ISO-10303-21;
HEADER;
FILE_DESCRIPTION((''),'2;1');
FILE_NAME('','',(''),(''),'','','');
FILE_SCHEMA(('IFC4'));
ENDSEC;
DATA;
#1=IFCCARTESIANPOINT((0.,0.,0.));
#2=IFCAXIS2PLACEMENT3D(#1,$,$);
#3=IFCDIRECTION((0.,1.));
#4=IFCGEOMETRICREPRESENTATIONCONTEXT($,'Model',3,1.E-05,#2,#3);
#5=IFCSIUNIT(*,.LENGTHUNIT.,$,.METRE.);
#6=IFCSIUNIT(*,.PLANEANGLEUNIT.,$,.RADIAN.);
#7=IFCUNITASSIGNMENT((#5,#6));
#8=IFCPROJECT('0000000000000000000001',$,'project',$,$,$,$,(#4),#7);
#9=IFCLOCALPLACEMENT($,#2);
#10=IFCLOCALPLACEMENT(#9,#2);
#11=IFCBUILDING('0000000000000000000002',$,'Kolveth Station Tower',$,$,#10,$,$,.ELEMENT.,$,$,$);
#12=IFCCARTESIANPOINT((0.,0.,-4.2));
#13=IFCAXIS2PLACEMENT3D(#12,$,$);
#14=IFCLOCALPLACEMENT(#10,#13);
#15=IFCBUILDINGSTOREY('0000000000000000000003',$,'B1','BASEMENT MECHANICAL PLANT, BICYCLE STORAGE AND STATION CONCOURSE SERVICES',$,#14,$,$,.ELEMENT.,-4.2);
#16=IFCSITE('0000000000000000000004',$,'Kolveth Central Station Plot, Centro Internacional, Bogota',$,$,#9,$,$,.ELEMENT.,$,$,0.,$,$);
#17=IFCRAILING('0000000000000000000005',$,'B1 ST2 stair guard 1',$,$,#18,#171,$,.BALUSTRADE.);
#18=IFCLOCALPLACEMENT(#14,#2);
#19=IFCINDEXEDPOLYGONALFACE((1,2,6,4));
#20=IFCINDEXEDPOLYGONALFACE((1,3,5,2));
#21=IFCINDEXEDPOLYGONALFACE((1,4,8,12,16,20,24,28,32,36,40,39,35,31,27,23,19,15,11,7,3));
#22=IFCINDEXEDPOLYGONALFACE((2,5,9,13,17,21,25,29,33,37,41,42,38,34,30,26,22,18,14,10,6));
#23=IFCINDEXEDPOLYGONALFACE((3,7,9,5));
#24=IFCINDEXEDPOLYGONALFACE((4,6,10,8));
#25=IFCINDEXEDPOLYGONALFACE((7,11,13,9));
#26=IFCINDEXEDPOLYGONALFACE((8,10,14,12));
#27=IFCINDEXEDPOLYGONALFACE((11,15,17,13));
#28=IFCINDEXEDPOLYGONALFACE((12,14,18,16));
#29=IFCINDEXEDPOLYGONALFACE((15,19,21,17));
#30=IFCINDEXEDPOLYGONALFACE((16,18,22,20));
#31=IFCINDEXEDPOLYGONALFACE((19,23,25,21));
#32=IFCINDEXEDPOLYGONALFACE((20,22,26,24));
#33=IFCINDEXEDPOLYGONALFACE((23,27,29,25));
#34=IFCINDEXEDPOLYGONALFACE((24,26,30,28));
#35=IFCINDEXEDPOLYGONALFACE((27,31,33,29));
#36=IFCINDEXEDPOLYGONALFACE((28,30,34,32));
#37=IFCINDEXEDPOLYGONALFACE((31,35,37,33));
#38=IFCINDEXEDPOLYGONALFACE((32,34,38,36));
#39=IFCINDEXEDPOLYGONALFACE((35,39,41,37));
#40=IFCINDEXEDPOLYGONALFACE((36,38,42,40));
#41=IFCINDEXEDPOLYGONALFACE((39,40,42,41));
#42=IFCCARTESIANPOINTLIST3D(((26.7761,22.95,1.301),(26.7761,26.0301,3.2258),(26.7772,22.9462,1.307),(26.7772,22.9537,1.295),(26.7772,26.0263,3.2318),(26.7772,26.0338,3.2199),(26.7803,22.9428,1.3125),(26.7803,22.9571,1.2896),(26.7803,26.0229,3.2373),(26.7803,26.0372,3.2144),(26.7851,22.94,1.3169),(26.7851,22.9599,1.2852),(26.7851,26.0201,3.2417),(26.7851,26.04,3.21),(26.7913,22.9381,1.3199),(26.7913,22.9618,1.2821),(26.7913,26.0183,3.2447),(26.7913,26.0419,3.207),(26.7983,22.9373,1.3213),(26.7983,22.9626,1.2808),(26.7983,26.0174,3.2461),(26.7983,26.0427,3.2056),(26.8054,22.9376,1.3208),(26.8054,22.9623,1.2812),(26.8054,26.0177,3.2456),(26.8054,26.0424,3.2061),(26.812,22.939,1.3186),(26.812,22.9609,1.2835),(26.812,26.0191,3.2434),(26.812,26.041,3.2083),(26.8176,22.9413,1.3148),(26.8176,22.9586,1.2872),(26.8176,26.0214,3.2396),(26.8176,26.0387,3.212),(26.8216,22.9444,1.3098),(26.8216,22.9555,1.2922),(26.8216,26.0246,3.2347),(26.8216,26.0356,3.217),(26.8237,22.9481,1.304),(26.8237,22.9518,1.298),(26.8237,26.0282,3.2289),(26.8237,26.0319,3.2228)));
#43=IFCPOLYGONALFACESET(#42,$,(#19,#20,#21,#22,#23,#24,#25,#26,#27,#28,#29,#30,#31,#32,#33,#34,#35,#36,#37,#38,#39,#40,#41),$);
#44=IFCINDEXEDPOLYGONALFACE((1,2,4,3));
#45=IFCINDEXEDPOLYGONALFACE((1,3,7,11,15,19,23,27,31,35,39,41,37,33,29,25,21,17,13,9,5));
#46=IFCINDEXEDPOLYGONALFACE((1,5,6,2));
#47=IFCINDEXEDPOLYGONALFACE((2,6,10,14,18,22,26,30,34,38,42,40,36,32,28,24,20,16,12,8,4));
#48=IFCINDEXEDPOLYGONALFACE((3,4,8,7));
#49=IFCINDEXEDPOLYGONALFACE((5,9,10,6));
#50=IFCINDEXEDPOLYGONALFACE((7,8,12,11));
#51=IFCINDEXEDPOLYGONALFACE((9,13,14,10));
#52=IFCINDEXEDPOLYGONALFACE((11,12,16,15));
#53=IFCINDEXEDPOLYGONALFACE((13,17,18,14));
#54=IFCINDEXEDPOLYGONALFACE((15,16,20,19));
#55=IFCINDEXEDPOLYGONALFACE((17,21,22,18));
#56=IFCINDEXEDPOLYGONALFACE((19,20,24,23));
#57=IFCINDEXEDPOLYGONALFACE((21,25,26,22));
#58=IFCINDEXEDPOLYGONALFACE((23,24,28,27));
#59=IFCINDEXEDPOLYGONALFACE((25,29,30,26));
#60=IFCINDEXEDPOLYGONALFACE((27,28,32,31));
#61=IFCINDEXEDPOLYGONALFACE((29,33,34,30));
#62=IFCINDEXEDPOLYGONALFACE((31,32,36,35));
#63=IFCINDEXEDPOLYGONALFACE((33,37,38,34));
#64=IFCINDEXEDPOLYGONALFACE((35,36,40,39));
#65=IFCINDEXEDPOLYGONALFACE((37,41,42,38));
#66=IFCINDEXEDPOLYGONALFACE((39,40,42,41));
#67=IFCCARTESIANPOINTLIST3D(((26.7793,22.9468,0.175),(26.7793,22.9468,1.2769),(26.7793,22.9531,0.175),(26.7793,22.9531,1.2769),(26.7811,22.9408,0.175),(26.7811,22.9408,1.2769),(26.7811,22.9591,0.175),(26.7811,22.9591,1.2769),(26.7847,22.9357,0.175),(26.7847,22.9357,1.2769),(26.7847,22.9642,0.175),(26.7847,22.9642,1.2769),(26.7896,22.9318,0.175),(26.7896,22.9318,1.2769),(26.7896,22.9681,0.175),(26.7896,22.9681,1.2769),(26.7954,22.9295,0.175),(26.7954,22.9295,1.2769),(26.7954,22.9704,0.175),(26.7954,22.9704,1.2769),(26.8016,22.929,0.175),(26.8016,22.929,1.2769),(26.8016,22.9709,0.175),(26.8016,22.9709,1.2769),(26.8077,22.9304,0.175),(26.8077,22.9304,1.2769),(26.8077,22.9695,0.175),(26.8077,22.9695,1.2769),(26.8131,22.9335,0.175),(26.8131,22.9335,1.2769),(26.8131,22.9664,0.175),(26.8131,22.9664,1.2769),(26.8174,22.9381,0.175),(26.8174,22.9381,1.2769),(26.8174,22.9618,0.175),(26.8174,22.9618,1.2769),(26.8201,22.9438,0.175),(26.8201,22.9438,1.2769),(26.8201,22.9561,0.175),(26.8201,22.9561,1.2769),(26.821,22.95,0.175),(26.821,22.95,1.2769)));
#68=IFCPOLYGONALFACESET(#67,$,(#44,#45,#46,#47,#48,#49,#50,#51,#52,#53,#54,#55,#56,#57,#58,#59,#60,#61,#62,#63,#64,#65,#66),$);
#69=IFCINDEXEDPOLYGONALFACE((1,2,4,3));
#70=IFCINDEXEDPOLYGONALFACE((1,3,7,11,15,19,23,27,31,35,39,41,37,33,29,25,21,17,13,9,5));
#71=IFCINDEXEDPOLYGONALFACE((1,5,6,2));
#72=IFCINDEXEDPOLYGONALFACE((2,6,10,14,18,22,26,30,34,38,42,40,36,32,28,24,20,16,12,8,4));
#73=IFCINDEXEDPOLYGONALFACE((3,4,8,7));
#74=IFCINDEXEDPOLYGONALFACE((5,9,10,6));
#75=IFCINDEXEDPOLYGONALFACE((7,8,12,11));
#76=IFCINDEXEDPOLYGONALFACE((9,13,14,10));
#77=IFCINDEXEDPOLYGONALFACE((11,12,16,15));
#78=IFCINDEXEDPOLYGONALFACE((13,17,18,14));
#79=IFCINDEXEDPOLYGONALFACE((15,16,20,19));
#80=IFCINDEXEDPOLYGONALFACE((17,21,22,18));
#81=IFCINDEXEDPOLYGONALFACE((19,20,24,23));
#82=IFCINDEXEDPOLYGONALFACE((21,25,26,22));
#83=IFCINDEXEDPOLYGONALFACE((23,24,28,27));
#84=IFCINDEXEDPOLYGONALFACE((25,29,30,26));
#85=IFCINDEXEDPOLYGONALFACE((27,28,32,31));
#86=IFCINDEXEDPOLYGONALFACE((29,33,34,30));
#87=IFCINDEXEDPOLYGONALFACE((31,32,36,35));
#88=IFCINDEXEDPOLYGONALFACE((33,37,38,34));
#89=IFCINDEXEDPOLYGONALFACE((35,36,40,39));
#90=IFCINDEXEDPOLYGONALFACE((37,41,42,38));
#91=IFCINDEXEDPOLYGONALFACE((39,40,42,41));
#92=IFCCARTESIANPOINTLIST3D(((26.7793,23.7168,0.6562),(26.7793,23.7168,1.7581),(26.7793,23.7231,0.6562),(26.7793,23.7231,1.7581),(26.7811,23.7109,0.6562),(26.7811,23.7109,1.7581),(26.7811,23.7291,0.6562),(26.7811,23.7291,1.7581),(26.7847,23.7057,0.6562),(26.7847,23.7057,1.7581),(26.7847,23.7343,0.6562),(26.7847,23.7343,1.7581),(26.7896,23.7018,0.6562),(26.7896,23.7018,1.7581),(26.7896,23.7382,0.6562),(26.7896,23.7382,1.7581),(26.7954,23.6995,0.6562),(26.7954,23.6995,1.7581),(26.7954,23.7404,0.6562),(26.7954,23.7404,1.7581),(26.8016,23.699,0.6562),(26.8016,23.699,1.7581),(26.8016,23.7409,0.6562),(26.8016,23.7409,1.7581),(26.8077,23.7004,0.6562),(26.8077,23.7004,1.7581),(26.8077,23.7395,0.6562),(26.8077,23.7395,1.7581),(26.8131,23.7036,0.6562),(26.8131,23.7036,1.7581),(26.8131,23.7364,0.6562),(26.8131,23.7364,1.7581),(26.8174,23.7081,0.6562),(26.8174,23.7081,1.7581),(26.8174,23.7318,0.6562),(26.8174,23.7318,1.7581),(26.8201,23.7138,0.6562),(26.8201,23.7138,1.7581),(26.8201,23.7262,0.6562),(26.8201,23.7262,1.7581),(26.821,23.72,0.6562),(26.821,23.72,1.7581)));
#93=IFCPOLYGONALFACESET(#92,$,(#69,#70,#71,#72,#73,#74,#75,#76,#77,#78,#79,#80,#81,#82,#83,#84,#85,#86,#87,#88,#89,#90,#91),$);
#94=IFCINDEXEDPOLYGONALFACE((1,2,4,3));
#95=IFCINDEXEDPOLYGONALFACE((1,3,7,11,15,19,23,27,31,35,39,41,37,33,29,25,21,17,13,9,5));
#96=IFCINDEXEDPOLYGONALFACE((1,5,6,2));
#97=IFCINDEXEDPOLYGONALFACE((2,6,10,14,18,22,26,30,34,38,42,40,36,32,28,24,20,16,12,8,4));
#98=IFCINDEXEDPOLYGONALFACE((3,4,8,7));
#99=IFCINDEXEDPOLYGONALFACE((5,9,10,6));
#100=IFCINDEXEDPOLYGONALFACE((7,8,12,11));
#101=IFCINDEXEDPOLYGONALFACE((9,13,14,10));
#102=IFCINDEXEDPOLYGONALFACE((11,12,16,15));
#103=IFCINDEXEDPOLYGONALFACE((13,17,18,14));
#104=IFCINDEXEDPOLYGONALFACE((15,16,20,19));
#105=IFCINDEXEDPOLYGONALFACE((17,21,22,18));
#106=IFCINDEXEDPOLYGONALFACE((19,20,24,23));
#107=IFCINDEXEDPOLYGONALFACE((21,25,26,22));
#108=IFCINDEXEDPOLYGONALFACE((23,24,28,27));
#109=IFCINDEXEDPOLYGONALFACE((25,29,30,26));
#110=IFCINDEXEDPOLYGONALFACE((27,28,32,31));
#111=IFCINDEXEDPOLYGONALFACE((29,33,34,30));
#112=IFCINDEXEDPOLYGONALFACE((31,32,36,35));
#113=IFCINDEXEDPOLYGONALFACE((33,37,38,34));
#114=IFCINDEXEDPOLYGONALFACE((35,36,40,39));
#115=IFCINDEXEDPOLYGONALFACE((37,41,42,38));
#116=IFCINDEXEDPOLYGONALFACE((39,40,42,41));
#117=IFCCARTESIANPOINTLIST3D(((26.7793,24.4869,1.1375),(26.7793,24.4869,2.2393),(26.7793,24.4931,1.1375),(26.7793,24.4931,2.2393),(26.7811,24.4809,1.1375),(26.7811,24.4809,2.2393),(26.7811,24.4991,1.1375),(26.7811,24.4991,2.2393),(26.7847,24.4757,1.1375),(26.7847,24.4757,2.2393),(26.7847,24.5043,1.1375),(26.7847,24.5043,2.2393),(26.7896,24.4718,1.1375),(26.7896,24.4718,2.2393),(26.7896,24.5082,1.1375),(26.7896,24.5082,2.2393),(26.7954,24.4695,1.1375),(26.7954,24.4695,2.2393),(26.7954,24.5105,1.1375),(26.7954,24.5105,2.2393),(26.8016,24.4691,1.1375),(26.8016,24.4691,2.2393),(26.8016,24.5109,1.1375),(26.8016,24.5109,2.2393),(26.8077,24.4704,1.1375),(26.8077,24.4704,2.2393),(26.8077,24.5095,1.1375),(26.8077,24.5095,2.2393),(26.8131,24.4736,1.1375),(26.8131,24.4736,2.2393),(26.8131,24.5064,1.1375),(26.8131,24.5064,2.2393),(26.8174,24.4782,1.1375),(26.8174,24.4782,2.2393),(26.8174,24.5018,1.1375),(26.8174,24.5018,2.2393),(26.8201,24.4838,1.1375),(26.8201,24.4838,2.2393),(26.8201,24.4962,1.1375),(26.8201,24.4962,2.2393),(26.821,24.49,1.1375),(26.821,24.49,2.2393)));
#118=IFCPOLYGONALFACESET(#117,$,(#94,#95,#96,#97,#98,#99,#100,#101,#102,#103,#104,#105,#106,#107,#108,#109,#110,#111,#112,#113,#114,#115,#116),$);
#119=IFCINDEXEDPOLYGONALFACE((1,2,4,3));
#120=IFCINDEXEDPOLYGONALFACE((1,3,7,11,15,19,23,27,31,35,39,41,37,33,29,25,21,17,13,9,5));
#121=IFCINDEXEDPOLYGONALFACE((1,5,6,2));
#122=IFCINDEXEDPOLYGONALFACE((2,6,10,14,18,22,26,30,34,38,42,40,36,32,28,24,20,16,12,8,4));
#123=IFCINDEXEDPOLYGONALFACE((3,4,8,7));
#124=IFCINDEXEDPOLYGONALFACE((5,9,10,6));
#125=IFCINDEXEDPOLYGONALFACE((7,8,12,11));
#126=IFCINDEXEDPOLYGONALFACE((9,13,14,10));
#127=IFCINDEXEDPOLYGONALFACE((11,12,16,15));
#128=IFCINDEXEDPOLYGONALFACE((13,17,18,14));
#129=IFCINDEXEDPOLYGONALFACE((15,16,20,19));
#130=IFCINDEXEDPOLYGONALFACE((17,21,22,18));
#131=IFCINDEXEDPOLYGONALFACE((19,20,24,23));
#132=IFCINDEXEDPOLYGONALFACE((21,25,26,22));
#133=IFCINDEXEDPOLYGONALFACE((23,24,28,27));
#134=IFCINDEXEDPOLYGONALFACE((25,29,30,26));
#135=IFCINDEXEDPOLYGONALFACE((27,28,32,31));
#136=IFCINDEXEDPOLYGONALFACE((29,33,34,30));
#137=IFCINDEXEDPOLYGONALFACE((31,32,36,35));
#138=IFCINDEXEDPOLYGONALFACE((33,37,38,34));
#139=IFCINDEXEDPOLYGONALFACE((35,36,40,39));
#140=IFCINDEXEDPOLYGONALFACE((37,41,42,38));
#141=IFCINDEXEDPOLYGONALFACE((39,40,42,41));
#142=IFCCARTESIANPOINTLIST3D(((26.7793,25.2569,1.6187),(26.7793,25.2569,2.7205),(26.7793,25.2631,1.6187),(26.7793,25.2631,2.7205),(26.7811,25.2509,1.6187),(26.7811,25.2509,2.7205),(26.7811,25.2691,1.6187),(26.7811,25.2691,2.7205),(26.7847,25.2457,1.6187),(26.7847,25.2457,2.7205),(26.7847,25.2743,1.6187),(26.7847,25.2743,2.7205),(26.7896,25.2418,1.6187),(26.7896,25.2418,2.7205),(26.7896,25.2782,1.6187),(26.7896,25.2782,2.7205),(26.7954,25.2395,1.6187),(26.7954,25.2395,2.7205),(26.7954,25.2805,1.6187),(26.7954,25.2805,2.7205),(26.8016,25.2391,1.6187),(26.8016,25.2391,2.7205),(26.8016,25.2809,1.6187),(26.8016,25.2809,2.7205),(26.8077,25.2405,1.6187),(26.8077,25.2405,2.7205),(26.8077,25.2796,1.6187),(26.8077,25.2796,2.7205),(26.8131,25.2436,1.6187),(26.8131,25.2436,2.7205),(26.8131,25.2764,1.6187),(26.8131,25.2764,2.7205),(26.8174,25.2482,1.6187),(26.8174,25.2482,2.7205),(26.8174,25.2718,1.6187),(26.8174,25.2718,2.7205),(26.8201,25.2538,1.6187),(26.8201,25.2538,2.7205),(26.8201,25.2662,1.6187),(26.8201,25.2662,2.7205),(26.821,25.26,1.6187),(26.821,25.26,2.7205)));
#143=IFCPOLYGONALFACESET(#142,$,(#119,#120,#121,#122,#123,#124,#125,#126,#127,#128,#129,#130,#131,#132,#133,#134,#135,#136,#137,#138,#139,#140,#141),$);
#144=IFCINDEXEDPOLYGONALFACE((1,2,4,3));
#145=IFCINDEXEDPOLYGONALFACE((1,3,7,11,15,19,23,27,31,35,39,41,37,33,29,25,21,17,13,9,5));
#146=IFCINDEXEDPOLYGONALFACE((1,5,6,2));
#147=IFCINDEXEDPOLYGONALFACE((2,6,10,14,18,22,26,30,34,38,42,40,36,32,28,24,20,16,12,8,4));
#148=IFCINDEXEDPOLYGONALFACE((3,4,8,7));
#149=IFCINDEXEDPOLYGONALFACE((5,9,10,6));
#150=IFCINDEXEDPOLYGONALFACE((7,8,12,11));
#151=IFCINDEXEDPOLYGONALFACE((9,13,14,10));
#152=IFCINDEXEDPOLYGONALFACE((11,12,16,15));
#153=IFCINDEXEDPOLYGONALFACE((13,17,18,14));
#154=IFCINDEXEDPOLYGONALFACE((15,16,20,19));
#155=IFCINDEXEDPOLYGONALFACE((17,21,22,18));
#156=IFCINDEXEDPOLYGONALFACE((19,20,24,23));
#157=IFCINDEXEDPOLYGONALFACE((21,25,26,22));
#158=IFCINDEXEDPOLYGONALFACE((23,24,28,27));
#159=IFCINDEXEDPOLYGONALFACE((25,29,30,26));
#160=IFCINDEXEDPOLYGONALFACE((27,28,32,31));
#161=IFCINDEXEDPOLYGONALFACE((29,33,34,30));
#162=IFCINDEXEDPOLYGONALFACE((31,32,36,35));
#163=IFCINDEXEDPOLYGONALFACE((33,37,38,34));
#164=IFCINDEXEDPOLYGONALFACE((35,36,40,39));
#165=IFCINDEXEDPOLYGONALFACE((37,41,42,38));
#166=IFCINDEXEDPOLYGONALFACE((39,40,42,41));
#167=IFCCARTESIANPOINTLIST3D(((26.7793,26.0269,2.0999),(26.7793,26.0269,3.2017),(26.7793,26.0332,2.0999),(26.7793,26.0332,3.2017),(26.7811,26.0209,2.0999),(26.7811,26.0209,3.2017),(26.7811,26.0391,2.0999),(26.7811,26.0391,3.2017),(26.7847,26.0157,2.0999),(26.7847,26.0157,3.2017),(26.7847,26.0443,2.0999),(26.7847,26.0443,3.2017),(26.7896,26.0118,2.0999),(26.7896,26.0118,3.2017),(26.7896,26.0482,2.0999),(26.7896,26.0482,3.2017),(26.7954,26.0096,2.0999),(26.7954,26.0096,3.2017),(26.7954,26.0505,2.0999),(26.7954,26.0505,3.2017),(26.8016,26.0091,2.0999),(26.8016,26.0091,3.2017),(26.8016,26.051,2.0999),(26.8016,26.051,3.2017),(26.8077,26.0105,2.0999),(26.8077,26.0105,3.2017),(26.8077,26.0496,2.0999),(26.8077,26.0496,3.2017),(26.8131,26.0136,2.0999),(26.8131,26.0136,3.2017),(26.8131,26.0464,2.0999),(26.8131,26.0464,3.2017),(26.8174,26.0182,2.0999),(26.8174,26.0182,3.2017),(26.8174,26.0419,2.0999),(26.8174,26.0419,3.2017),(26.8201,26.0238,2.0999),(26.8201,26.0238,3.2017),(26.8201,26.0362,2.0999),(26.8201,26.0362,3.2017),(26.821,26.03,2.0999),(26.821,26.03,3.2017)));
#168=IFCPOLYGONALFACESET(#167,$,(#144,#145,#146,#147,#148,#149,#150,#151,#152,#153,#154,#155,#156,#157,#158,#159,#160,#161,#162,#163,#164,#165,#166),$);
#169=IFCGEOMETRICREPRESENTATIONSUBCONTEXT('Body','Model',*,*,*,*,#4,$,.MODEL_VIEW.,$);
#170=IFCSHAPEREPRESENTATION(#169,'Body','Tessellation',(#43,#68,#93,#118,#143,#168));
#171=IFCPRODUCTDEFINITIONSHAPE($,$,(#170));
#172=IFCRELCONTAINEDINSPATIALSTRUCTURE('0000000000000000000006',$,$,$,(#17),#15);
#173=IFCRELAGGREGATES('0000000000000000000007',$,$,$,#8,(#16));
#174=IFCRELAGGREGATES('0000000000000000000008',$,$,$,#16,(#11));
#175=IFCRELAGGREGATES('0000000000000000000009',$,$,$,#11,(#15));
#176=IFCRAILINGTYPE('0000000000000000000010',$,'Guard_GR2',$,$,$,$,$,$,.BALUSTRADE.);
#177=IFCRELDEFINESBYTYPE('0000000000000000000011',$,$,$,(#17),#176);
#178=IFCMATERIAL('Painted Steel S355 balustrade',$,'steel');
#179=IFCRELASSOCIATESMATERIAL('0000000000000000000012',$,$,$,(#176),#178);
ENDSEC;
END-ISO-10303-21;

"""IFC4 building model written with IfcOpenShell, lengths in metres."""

from ifc_helpers import new_model, si_unit, direction, frame, origin, origin_2d, place, context, subcontext, project, spatial, circle, extrude, material, type_object, element, save


model = new_model("IFC4")

# Units and contexts
model_context = context("Model", 3, precision=1e-05, world=origin(), true_north=direction((0.0, 1.0)))
body_context = subcontext(model_context, "Body", "Model", "MODEL_VIEW")
ifc_project = project(units=[si_unit("LENGTHUNIT", "METRE"), si_unit("PLANEANGLEUNIT", "RADIAN")], contexts=[model_context])

# Site, building, storey
site_placement = place(None, origin())
site = spatial("IfcSite", under=ifc_project, at=site_placement, Name="Kolveth Central Station Plot, Centro Internacional, Bogota", CompositionType="ELEMENT", RefElevation=0.0)
building_placement = place(site_placement, origin())
building = spatial("IfcBuilding", under=site, at=building_placement, Name="Kolveth Station Tower", CompositionType="ELEMENT")
storey_placement = place(building_placement, frame((0.0, 0.0, -4.2)))
storey = spatial("IfcBuildingStorey", under=building, at=storey_placement, Name="B1", Description="BASEMENT MECHANICAL PLANT, BICYCLE STORAGE AND STATION CONCOURSE SERVICES", CompositionType="ELEMENT", Elevation=-4.2)

# Railing
ifc_material_1 = material(Name="Painted Steel S355 balustrade", Category="steel")
railing_type_1 = type_object("IfcRailingType", Name="Guard_GR2", PredefinedType="BALUSTRADE", material=ifc_material_1)
railing_1_placement = place(storey_placement, frame((26.8, 22.95, 0.175)))
element("IfcRailing", 1, at=railing_1_placement, inside=storey, type_object=railing_type_1, Name="B1 ST2 stair guard 1", PredefinedType="BALUSTRADE", context=body_context, shape_type="SweptSolid", body=[
    extrude(circle(Radius=0.0239, at=origin_2d()), frame((0.0, 0.0, 1.126), z_axis=(0.0, 0.848029, 0.529951), x_axis=(-1.0, 0.0, 0.0)), (0.0, 0.0, 1.0), 3.6321),
    extrude(circle(Radius=0.021, at=origin_2d()), origin(), (0.0, 0.0, 1.0), 1.1018),
    extrude(circle(Radius=0.021, at=origin_2d()), frame((0.0, 0.77, 0.4812)), (0.0, 0.0, 1.0), 1.1018),
    extrude(circle(Radius=0.021, at=origin_2d()), frame((0.0, 1.54, 0.9624)), (0.0, 0.0, 1.0), 1.1018),
    extrude(circle(Radius=0.021, at=origin_2d()), frame((0.0, 2.3101, 1.4436)), (0.0, 0.0, 1.0), 1.1018),
    extrude(circle(Radius=0.021, at=origin_2d()), frame((0.0, 3.0801, 1.9248)), (0.0, 0.0, 1.0), 1.1018),
])

save(model, "model.ifc")
